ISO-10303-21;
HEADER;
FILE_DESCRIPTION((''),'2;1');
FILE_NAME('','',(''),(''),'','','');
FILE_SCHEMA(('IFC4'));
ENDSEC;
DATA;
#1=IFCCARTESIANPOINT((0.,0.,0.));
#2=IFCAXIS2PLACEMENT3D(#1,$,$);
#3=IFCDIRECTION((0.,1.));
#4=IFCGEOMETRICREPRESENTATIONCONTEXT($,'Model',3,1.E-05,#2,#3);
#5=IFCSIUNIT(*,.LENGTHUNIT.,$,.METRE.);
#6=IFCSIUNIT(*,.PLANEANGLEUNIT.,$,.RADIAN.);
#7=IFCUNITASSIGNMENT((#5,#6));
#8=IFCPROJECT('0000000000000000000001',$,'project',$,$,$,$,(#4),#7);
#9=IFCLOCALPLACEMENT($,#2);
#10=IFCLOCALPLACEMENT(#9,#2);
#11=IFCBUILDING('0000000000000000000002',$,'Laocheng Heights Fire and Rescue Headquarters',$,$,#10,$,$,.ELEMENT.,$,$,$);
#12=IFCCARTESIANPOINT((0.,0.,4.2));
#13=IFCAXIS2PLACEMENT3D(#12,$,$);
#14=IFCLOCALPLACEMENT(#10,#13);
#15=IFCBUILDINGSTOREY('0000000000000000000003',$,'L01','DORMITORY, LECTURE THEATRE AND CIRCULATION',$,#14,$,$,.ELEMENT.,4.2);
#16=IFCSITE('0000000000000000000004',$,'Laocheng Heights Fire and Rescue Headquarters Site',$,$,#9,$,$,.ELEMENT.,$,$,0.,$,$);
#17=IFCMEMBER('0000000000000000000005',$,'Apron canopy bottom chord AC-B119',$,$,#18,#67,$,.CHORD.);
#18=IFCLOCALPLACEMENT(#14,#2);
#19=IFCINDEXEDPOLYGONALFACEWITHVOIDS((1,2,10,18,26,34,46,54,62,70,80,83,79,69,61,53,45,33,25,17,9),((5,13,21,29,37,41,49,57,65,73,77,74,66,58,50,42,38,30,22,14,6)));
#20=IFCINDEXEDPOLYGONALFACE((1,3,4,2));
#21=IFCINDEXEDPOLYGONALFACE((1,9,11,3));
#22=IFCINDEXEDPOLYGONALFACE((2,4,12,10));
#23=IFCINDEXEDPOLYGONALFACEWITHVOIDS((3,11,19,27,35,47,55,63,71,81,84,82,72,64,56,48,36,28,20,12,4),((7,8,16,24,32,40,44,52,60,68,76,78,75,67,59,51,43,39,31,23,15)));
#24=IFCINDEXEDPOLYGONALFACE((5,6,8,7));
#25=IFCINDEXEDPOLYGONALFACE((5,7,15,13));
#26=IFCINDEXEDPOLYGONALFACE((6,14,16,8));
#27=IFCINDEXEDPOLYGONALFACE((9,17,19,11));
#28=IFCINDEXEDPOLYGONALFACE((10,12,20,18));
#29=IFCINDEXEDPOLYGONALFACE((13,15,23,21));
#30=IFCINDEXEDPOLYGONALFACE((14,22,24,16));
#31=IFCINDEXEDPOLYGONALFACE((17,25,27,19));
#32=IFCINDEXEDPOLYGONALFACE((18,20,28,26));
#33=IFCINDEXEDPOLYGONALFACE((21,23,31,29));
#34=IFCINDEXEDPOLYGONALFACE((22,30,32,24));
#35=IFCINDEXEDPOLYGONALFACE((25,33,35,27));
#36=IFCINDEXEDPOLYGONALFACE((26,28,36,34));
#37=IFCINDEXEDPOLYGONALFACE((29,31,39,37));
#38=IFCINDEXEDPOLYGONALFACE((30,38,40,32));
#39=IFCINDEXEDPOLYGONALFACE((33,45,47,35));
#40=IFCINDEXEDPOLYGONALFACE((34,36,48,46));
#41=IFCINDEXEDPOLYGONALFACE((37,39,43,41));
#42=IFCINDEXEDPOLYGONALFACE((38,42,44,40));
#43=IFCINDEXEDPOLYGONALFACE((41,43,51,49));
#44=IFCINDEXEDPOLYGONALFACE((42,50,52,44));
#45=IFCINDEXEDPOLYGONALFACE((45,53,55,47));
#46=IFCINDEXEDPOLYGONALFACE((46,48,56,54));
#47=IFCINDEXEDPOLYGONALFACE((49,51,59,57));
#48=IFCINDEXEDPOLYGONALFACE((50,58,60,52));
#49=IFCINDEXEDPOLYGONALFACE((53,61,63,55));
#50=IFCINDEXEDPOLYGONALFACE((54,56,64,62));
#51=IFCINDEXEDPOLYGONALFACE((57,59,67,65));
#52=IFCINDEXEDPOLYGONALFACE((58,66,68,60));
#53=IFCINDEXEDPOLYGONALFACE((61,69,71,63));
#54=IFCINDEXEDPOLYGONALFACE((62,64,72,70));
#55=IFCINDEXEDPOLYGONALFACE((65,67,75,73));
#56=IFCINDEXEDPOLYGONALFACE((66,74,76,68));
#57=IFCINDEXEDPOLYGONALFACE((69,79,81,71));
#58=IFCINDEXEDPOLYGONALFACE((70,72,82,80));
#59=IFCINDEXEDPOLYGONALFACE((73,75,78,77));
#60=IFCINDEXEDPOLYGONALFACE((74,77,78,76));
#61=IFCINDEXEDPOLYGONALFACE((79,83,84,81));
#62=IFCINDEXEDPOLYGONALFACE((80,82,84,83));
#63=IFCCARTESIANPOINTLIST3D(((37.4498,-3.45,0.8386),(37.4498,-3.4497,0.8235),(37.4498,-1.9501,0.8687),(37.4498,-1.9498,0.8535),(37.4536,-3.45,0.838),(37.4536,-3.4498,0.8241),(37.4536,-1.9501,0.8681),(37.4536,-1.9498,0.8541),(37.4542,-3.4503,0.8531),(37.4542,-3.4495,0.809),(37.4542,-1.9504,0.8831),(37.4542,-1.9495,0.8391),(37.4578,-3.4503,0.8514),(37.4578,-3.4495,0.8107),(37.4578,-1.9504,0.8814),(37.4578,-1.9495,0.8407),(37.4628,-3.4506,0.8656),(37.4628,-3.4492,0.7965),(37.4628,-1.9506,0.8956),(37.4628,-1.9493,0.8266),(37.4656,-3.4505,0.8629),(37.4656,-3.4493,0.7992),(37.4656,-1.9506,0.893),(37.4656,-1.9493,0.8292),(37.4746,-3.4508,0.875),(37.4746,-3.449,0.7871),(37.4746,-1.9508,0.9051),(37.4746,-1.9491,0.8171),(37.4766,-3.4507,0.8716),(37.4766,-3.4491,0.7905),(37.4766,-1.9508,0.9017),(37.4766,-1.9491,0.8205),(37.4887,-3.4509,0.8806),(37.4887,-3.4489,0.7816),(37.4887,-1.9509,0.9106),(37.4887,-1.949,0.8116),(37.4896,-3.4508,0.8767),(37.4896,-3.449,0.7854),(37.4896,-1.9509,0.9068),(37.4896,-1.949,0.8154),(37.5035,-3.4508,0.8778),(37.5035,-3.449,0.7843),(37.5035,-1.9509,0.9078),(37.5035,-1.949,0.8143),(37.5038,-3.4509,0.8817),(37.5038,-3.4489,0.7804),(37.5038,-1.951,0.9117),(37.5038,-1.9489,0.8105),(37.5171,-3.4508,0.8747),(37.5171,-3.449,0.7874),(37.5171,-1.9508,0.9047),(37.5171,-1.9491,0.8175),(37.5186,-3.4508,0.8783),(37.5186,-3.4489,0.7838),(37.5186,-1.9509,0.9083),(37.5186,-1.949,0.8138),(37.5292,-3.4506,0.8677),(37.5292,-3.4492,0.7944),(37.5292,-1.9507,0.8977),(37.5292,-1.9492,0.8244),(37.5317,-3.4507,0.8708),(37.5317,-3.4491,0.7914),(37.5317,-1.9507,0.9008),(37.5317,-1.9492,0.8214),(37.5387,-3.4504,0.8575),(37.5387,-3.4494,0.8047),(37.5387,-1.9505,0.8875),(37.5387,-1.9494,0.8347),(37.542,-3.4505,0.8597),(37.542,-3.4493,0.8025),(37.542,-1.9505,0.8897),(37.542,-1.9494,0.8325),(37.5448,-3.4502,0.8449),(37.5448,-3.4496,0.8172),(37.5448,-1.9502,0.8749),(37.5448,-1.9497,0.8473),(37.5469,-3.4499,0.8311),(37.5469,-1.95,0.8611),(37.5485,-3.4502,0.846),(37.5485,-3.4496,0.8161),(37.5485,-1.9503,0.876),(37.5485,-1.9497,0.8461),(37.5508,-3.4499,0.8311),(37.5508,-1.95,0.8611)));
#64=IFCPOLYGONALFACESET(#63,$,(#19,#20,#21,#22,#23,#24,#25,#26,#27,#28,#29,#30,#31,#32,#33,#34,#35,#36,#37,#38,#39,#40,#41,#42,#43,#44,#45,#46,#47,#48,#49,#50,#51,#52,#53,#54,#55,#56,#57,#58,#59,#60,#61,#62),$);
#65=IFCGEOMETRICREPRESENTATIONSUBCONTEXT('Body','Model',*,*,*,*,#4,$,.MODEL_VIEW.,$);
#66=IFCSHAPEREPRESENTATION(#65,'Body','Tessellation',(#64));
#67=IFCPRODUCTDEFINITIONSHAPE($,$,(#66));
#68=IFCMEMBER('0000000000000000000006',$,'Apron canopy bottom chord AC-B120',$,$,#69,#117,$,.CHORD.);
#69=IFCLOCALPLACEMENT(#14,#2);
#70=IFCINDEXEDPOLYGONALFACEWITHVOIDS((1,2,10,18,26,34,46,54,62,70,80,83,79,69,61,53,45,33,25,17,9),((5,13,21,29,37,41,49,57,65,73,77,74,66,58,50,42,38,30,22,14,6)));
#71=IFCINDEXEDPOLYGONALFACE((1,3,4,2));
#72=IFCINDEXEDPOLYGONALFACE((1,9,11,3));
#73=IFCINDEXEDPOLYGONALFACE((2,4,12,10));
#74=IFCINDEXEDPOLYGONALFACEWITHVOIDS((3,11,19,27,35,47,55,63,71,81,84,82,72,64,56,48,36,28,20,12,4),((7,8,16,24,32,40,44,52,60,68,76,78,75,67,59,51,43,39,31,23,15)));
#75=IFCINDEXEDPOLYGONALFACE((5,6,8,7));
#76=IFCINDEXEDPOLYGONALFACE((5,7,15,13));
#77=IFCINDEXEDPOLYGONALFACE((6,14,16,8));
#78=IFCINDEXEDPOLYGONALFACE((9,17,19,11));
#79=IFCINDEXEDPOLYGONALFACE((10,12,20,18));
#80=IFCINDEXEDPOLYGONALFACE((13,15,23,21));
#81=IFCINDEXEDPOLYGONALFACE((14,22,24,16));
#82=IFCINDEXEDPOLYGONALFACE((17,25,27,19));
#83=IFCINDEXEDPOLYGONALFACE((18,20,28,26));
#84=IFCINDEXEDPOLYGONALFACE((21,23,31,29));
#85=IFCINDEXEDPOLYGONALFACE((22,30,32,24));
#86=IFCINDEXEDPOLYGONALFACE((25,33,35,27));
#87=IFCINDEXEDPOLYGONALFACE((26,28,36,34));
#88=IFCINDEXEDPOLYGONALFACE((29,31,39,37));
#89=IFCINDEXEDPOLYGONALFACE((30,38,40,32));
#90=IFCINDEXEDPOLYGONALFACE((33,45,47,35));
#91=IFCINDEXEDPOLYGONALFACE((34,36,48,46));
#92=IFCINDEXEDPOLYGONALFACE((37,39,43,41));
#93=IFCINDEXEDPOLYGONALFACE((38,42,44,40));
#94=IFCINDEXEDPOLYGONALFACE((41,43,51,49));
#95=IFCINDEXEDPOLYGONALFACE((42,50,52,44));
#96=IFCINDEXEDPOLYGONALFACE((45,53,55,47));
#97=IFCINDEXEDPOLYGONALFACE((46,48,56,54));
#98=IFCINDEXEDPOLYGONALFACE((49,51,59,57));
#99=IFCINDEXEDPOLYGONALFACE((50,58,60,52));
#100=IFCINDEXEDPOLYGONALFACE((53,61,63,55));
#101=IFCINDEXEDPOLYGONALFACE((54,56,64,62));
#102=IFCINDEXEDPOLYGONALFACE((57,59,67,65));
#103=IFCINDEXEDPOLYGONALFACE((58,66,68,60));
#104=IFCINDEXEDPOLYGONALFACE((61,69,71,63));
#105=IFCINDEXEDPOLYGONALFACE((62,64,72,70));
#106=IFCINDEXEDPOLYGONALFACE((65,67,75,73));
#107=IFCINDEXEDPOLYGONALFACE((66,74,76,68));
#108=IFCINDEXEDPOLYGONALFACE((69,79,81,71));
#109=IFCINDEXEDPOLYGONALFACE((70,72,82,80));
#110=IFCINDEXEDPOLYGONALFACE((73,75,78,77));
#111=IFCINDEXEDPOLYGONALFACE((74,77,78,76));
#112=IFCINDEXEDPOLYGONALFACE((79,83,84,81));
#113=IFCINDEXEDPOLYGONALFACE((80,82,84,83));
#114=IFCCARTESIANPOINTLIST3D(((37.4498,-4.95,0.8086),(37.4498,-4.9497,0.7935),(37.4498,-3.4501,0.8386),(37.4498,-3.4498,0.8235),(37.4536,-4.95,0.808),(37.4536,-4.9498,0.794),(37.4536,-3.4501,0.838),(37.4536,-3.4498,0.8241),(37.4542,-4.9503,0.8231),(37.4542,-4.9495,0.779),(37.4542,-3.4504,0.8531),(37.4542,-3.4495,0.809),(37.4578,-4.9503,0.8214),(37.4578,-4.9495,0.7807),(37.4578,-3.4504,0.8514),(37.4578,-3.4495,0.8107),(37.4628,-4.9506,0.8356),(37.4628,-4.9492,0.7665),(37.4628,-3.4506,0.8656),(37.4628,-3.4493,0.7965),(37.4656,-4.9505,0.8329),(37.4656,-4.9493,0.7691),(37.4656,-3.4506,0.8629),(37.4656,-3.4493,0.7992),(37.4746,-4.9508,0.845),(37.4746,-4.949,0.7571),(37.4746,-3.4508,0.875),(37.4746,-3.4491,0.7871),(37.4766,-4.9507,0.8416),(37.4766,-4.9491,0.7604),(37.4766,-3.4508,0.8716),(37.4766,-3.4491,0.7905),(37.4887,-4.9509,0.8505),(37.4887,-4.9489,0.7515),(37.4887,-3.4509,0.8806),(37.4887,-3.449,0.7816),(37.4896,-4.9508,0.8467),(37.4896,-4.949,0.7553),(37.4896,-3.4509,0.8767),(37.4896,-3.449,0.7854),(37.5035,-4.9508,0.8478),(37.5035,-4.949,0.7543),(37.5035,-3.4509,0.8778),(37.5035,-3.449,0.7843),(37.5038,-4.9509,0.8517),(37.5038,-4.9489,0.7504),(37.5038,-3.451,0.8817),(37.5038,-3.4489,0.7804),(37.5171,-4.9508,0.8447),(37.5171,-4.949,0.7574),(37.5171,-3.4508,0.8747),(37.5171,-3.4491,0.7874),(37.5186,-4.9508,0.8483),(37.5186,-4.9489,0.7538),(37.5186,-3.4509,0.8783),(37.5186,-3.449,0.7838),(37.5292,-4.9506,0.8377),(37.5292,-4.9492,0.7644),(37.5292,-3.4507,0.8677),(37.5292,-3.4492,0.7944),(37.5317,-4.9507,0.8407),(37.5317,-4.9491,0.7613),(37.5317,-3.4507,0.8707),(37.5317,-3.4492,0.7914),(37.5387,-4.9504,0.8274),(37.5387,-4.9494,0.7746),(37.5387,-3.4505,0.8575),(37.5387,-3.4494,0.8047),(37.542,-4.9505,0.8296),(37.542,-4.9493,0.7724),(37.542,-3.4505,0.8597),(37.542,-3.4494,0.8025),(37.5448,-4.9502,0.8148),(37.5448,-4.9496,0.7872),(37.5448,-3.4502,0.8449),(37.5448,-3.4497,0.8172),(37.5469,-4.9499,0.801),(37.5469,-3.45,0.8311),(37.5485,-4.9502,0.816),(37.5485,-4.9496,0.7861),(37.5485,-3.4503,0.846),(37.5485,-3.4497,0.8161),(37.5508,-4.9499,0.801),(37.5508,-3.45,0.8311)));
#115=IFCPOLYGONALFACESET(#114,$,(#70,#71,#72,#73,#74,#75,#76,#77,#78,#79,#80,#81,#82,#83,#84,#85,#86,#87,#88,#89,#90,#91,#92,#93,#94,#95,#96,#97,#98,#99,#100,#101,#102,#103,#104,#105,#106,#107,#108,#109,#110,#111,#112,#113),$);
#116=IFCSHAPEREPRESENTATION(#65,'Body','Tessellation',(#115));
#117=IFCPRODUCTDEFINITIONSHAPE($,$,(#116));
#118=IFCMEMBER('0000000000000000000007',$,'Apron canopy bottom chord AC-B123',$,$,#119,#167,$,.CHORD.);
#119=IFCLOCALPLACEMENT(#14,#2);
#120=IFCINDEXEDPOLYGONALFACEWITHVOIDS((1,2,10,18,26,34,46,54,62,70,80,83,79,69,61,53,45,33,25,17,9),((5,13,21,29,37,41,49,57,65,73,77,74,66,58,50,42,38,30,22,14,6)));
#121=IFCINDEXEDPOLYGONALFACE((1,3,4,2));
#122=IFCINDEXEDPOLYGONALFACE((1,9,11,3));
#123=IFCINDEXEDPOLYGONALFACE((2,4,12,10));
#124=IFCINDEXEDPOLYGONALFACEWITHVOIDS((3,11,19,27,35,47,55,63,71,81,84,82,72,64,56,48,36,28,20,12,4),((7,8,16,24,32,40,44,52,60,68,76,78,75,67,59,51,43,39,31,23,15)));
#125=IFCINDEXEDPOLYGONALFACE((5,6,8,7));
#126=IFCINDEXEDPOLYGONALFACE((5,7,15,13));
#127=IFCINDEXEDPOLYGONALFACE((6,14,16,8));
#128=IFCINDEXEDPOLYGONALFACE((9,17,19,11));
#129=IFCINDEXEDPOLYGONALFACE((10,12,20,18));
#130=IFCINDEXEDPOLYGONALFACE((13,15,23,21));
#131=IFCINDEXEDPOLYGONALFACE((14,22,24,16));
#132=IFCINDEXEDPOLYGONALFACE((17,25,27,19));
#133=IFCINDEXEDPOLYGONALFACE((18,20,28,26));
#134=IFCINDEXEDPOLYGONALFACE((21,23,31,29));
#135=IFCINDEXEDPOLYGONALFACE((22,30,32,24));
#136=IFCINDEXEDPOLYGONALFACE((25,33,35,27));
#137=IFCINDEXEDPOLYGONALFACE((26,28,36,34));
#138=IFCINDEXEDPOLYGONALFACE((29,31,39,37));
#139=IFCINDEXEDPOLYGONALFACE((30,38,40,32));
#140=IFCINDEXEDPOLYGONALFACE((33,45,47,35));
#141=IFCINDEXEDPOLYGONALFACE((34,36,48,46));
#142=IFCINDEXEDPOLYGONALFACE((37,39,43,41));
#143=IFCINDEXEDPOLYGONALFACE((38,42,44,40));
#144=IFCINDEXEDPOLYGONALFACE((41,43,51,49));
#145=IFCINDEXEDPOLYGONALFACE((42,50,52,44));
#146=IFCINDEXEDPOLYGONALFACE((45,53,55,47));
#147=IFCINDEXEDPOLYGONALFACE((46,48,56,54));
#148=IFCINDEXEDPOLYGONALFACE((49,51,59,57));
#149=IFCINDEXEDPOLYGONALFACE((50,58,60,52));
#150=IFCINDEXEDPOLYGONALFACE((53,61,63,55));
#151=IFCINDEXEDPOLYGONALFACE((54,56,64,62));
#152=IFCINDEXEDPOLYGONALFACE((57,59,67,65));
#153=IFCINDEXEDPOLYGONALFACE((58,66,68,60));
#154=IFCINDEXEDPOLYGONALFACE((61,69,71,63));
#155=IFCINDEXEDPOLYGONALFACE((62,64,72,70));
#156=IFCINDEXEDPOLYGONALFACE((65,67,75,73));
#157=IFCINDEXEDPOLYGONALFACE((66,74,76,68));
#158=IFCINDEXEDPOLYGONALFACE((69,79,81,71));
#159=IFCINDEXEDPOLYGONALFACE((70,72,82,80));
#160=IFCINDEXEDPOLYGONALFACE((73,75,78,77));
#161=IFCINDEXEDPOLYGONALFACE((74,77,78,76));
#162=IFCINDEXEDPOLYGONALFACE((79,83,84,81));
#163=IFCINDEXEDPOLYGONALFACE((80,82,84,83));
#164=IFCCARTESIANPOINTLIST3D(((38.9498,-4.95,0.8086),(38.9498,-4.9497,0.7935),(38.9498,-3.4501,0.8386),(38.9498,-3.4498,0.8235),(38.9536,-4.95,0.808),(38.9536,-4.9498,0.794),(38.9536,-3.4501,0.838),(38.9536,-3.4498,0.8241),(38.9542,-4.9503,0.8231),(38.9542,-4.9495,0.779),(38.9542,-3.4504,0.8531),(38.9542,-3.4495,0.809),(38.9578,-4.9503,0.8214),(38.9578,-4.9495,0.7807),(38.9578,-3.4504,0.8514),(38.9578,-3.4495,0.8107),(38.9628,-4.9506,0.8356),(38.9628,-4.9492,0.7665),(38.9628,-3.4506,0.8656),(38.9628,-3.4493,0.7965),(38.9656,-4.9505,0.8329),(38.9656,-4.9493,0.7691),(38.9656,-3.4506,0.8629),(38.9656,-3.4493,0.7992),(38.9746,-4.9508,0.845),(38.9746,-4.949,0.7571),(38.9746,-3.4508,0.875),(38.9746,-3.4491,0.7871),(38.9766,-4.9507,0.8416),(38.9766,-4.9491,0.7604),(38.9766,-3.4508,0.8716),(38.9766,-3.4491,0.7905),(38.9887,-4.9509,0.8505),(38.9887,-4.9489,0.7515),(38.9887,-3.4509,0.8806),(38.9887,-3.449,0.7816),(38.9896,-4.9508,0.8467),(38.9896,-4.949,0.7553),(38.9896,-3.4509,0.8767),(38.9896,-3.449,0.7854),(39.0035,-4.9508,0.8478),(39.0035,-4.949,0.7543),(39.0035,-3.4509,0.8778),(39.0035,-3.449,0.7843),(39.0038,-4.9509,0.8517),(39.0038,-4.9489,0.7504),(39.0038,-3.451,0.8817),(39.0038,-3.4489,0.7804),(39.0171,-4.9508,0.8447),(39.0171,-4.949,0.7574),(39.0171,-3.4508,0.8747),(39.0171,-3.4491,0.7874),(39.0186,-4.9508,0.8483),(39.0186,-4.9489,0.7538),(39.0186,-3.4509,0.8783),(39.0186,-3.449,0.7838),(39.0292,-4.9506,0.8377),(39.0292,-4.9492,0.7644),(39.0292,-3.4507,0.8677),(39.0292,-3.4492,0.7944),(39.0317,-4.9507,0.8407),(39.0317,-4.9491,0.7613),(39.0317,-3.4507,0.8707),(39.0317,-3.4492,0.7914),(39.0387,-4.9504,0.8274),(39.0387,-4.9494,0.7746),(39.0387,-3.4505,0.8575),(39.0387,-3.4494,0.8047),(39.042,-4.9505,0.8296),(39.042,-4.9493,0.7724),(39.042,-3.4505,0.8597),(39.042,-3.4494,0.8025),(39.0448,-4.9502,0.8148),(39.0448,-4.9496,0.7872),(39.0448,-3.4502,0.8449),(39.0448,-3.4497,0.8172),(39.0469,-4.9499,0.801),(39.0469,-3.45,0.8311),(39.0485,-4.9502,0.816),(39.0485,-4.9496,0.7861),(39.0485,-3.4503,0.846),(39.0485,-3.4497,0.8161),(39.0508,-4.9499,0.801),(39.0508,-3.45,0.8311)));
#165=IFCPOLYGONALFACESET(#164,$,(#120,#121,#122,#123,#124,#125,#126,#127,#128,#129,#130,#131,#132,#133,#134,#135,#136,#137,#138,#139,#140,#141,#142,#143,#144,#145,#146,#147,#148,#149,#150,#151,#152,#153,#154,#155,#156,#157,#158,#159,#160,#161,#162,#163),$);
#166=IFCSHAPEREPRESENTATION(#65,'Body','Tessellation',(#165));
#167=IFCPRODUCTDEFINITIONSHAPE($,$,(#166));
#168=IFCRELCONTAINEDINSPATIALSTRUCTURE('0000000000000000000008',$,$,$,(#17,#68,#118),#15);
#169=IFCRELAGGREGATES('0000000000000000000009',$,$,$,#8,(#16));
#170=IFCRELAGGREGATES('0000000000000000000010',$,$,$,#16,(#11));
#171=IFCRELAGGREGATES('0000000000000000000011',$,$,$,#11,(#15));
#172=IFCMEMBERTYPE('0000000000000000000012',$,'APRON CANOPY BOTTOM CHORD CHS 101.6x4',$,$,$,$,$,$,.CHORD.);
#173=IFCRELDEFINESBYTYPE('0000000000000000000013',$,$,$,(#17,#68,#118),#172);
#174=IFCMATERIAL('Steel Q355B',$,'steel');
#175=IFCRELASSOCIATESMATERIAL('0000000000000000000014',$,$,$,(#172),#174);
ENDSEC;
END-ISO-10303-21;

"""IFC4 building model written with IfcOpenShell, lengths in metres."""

from ifc_helpers import new_model, si_unit, direction, frame, origin, origin_2d, place, context, subcontext, project, spatial, hollow_circle, extrude, material, material_profile, profile_set, type_object, element, save


model = new_model("IFC4")

# Units and contexts
model_context = context("Model", 3, precision=1e-05, world=origin(), true_north=direction((0.0, 1.0)))
body_context = subcontext(model_context, "Body", "Model", "MODEL_VIEW")
ifc_project = project(units=[si_unit("LENGTHUNIT", "METRE"), si_unit("PLANEANGLEUNIT", "RADIAN")], contexts=[model_context])

# Site, building, storey
site_placement = place(None, origin())
site = spatial("IfcSite", under=ifc_project, at=site_placement, Name="Laocheng Heights Fire and Rescue Headquarters Site", CompositionType="ELEMENT", RefElevation=0.0)
building_placement = place(site_placement, origin())
building = spatial("IfcBuilding", under=site, at=building_placement, Name="Laocheng Heights Fire and Rescue Headquarters", CompositionType="ELEMENT")
storey_placement = place(building_placement, frame((0.0, 0.0, 4.2)))
storey = spatial("IfcBuildingStorey", under=building, at=storey_placement, Name="L01", Description="DORMITORY, LECTURE THEATRE AND CIRCULATION", CompositionType="ELEMENT", Elevation=4.2)

# Members
ifc_material_1 = material(Name="Steel Q355B", Category="steel")
ifc_material_profile_1 = material_profile(ifc_material_1, hollow_circle(Radius=0.0508, WallThickness=0.0039, at=origin_2d()), Name="CHS 101.6x4")
ifc_profile_set_1 = profile_set([ifc_material_profile_1], Name="Steel Q355B")
member_type_1 = type_object("IfcMemberType", Name="APRON CANOPY BOTTOM CHORD CHS 101.6x4", PredefinedType="CHORD", material=ifc_profile_set_1)
for number, where, z_axis, x_axis, name in (
    (1, (37.5, -1.95, 0.8611), (0.0, -0.9998, -0.020016), (1.0, 0.0, 0.0), "Apron canopy bottom chord AC-B119"),
    (2, (37.5, -3.45, 0.8311), (0.0, -0.9998, -0.020016), (1.0, 0.0, 0.0), "Apron canopy bottom chord AC-B120"),
    (3, (39.0, -3.45, 0.8311), (0.0, -0.9998, -0.020016), (1.0, 0.0, 0.0), "Apron canopy bottom chord AC-B123"),
):
    element("IfcMember", number, at=place(storey_placement, frame(where, z_axis=z_axis, x_axis=x_axis)), inside=storey, type_object=member_type_1, Name=name, PredefinedType="CHORD", context=body_context, shape_type="SweptSolid", body=[
        extrude(hollow_circle(Radius=0.0508, WallThickness=0.0039, at=origin_2d()), origin(), (0.0, 0.0, 1.0), 1.5002),
    ])

save(model, "model.ifc")
